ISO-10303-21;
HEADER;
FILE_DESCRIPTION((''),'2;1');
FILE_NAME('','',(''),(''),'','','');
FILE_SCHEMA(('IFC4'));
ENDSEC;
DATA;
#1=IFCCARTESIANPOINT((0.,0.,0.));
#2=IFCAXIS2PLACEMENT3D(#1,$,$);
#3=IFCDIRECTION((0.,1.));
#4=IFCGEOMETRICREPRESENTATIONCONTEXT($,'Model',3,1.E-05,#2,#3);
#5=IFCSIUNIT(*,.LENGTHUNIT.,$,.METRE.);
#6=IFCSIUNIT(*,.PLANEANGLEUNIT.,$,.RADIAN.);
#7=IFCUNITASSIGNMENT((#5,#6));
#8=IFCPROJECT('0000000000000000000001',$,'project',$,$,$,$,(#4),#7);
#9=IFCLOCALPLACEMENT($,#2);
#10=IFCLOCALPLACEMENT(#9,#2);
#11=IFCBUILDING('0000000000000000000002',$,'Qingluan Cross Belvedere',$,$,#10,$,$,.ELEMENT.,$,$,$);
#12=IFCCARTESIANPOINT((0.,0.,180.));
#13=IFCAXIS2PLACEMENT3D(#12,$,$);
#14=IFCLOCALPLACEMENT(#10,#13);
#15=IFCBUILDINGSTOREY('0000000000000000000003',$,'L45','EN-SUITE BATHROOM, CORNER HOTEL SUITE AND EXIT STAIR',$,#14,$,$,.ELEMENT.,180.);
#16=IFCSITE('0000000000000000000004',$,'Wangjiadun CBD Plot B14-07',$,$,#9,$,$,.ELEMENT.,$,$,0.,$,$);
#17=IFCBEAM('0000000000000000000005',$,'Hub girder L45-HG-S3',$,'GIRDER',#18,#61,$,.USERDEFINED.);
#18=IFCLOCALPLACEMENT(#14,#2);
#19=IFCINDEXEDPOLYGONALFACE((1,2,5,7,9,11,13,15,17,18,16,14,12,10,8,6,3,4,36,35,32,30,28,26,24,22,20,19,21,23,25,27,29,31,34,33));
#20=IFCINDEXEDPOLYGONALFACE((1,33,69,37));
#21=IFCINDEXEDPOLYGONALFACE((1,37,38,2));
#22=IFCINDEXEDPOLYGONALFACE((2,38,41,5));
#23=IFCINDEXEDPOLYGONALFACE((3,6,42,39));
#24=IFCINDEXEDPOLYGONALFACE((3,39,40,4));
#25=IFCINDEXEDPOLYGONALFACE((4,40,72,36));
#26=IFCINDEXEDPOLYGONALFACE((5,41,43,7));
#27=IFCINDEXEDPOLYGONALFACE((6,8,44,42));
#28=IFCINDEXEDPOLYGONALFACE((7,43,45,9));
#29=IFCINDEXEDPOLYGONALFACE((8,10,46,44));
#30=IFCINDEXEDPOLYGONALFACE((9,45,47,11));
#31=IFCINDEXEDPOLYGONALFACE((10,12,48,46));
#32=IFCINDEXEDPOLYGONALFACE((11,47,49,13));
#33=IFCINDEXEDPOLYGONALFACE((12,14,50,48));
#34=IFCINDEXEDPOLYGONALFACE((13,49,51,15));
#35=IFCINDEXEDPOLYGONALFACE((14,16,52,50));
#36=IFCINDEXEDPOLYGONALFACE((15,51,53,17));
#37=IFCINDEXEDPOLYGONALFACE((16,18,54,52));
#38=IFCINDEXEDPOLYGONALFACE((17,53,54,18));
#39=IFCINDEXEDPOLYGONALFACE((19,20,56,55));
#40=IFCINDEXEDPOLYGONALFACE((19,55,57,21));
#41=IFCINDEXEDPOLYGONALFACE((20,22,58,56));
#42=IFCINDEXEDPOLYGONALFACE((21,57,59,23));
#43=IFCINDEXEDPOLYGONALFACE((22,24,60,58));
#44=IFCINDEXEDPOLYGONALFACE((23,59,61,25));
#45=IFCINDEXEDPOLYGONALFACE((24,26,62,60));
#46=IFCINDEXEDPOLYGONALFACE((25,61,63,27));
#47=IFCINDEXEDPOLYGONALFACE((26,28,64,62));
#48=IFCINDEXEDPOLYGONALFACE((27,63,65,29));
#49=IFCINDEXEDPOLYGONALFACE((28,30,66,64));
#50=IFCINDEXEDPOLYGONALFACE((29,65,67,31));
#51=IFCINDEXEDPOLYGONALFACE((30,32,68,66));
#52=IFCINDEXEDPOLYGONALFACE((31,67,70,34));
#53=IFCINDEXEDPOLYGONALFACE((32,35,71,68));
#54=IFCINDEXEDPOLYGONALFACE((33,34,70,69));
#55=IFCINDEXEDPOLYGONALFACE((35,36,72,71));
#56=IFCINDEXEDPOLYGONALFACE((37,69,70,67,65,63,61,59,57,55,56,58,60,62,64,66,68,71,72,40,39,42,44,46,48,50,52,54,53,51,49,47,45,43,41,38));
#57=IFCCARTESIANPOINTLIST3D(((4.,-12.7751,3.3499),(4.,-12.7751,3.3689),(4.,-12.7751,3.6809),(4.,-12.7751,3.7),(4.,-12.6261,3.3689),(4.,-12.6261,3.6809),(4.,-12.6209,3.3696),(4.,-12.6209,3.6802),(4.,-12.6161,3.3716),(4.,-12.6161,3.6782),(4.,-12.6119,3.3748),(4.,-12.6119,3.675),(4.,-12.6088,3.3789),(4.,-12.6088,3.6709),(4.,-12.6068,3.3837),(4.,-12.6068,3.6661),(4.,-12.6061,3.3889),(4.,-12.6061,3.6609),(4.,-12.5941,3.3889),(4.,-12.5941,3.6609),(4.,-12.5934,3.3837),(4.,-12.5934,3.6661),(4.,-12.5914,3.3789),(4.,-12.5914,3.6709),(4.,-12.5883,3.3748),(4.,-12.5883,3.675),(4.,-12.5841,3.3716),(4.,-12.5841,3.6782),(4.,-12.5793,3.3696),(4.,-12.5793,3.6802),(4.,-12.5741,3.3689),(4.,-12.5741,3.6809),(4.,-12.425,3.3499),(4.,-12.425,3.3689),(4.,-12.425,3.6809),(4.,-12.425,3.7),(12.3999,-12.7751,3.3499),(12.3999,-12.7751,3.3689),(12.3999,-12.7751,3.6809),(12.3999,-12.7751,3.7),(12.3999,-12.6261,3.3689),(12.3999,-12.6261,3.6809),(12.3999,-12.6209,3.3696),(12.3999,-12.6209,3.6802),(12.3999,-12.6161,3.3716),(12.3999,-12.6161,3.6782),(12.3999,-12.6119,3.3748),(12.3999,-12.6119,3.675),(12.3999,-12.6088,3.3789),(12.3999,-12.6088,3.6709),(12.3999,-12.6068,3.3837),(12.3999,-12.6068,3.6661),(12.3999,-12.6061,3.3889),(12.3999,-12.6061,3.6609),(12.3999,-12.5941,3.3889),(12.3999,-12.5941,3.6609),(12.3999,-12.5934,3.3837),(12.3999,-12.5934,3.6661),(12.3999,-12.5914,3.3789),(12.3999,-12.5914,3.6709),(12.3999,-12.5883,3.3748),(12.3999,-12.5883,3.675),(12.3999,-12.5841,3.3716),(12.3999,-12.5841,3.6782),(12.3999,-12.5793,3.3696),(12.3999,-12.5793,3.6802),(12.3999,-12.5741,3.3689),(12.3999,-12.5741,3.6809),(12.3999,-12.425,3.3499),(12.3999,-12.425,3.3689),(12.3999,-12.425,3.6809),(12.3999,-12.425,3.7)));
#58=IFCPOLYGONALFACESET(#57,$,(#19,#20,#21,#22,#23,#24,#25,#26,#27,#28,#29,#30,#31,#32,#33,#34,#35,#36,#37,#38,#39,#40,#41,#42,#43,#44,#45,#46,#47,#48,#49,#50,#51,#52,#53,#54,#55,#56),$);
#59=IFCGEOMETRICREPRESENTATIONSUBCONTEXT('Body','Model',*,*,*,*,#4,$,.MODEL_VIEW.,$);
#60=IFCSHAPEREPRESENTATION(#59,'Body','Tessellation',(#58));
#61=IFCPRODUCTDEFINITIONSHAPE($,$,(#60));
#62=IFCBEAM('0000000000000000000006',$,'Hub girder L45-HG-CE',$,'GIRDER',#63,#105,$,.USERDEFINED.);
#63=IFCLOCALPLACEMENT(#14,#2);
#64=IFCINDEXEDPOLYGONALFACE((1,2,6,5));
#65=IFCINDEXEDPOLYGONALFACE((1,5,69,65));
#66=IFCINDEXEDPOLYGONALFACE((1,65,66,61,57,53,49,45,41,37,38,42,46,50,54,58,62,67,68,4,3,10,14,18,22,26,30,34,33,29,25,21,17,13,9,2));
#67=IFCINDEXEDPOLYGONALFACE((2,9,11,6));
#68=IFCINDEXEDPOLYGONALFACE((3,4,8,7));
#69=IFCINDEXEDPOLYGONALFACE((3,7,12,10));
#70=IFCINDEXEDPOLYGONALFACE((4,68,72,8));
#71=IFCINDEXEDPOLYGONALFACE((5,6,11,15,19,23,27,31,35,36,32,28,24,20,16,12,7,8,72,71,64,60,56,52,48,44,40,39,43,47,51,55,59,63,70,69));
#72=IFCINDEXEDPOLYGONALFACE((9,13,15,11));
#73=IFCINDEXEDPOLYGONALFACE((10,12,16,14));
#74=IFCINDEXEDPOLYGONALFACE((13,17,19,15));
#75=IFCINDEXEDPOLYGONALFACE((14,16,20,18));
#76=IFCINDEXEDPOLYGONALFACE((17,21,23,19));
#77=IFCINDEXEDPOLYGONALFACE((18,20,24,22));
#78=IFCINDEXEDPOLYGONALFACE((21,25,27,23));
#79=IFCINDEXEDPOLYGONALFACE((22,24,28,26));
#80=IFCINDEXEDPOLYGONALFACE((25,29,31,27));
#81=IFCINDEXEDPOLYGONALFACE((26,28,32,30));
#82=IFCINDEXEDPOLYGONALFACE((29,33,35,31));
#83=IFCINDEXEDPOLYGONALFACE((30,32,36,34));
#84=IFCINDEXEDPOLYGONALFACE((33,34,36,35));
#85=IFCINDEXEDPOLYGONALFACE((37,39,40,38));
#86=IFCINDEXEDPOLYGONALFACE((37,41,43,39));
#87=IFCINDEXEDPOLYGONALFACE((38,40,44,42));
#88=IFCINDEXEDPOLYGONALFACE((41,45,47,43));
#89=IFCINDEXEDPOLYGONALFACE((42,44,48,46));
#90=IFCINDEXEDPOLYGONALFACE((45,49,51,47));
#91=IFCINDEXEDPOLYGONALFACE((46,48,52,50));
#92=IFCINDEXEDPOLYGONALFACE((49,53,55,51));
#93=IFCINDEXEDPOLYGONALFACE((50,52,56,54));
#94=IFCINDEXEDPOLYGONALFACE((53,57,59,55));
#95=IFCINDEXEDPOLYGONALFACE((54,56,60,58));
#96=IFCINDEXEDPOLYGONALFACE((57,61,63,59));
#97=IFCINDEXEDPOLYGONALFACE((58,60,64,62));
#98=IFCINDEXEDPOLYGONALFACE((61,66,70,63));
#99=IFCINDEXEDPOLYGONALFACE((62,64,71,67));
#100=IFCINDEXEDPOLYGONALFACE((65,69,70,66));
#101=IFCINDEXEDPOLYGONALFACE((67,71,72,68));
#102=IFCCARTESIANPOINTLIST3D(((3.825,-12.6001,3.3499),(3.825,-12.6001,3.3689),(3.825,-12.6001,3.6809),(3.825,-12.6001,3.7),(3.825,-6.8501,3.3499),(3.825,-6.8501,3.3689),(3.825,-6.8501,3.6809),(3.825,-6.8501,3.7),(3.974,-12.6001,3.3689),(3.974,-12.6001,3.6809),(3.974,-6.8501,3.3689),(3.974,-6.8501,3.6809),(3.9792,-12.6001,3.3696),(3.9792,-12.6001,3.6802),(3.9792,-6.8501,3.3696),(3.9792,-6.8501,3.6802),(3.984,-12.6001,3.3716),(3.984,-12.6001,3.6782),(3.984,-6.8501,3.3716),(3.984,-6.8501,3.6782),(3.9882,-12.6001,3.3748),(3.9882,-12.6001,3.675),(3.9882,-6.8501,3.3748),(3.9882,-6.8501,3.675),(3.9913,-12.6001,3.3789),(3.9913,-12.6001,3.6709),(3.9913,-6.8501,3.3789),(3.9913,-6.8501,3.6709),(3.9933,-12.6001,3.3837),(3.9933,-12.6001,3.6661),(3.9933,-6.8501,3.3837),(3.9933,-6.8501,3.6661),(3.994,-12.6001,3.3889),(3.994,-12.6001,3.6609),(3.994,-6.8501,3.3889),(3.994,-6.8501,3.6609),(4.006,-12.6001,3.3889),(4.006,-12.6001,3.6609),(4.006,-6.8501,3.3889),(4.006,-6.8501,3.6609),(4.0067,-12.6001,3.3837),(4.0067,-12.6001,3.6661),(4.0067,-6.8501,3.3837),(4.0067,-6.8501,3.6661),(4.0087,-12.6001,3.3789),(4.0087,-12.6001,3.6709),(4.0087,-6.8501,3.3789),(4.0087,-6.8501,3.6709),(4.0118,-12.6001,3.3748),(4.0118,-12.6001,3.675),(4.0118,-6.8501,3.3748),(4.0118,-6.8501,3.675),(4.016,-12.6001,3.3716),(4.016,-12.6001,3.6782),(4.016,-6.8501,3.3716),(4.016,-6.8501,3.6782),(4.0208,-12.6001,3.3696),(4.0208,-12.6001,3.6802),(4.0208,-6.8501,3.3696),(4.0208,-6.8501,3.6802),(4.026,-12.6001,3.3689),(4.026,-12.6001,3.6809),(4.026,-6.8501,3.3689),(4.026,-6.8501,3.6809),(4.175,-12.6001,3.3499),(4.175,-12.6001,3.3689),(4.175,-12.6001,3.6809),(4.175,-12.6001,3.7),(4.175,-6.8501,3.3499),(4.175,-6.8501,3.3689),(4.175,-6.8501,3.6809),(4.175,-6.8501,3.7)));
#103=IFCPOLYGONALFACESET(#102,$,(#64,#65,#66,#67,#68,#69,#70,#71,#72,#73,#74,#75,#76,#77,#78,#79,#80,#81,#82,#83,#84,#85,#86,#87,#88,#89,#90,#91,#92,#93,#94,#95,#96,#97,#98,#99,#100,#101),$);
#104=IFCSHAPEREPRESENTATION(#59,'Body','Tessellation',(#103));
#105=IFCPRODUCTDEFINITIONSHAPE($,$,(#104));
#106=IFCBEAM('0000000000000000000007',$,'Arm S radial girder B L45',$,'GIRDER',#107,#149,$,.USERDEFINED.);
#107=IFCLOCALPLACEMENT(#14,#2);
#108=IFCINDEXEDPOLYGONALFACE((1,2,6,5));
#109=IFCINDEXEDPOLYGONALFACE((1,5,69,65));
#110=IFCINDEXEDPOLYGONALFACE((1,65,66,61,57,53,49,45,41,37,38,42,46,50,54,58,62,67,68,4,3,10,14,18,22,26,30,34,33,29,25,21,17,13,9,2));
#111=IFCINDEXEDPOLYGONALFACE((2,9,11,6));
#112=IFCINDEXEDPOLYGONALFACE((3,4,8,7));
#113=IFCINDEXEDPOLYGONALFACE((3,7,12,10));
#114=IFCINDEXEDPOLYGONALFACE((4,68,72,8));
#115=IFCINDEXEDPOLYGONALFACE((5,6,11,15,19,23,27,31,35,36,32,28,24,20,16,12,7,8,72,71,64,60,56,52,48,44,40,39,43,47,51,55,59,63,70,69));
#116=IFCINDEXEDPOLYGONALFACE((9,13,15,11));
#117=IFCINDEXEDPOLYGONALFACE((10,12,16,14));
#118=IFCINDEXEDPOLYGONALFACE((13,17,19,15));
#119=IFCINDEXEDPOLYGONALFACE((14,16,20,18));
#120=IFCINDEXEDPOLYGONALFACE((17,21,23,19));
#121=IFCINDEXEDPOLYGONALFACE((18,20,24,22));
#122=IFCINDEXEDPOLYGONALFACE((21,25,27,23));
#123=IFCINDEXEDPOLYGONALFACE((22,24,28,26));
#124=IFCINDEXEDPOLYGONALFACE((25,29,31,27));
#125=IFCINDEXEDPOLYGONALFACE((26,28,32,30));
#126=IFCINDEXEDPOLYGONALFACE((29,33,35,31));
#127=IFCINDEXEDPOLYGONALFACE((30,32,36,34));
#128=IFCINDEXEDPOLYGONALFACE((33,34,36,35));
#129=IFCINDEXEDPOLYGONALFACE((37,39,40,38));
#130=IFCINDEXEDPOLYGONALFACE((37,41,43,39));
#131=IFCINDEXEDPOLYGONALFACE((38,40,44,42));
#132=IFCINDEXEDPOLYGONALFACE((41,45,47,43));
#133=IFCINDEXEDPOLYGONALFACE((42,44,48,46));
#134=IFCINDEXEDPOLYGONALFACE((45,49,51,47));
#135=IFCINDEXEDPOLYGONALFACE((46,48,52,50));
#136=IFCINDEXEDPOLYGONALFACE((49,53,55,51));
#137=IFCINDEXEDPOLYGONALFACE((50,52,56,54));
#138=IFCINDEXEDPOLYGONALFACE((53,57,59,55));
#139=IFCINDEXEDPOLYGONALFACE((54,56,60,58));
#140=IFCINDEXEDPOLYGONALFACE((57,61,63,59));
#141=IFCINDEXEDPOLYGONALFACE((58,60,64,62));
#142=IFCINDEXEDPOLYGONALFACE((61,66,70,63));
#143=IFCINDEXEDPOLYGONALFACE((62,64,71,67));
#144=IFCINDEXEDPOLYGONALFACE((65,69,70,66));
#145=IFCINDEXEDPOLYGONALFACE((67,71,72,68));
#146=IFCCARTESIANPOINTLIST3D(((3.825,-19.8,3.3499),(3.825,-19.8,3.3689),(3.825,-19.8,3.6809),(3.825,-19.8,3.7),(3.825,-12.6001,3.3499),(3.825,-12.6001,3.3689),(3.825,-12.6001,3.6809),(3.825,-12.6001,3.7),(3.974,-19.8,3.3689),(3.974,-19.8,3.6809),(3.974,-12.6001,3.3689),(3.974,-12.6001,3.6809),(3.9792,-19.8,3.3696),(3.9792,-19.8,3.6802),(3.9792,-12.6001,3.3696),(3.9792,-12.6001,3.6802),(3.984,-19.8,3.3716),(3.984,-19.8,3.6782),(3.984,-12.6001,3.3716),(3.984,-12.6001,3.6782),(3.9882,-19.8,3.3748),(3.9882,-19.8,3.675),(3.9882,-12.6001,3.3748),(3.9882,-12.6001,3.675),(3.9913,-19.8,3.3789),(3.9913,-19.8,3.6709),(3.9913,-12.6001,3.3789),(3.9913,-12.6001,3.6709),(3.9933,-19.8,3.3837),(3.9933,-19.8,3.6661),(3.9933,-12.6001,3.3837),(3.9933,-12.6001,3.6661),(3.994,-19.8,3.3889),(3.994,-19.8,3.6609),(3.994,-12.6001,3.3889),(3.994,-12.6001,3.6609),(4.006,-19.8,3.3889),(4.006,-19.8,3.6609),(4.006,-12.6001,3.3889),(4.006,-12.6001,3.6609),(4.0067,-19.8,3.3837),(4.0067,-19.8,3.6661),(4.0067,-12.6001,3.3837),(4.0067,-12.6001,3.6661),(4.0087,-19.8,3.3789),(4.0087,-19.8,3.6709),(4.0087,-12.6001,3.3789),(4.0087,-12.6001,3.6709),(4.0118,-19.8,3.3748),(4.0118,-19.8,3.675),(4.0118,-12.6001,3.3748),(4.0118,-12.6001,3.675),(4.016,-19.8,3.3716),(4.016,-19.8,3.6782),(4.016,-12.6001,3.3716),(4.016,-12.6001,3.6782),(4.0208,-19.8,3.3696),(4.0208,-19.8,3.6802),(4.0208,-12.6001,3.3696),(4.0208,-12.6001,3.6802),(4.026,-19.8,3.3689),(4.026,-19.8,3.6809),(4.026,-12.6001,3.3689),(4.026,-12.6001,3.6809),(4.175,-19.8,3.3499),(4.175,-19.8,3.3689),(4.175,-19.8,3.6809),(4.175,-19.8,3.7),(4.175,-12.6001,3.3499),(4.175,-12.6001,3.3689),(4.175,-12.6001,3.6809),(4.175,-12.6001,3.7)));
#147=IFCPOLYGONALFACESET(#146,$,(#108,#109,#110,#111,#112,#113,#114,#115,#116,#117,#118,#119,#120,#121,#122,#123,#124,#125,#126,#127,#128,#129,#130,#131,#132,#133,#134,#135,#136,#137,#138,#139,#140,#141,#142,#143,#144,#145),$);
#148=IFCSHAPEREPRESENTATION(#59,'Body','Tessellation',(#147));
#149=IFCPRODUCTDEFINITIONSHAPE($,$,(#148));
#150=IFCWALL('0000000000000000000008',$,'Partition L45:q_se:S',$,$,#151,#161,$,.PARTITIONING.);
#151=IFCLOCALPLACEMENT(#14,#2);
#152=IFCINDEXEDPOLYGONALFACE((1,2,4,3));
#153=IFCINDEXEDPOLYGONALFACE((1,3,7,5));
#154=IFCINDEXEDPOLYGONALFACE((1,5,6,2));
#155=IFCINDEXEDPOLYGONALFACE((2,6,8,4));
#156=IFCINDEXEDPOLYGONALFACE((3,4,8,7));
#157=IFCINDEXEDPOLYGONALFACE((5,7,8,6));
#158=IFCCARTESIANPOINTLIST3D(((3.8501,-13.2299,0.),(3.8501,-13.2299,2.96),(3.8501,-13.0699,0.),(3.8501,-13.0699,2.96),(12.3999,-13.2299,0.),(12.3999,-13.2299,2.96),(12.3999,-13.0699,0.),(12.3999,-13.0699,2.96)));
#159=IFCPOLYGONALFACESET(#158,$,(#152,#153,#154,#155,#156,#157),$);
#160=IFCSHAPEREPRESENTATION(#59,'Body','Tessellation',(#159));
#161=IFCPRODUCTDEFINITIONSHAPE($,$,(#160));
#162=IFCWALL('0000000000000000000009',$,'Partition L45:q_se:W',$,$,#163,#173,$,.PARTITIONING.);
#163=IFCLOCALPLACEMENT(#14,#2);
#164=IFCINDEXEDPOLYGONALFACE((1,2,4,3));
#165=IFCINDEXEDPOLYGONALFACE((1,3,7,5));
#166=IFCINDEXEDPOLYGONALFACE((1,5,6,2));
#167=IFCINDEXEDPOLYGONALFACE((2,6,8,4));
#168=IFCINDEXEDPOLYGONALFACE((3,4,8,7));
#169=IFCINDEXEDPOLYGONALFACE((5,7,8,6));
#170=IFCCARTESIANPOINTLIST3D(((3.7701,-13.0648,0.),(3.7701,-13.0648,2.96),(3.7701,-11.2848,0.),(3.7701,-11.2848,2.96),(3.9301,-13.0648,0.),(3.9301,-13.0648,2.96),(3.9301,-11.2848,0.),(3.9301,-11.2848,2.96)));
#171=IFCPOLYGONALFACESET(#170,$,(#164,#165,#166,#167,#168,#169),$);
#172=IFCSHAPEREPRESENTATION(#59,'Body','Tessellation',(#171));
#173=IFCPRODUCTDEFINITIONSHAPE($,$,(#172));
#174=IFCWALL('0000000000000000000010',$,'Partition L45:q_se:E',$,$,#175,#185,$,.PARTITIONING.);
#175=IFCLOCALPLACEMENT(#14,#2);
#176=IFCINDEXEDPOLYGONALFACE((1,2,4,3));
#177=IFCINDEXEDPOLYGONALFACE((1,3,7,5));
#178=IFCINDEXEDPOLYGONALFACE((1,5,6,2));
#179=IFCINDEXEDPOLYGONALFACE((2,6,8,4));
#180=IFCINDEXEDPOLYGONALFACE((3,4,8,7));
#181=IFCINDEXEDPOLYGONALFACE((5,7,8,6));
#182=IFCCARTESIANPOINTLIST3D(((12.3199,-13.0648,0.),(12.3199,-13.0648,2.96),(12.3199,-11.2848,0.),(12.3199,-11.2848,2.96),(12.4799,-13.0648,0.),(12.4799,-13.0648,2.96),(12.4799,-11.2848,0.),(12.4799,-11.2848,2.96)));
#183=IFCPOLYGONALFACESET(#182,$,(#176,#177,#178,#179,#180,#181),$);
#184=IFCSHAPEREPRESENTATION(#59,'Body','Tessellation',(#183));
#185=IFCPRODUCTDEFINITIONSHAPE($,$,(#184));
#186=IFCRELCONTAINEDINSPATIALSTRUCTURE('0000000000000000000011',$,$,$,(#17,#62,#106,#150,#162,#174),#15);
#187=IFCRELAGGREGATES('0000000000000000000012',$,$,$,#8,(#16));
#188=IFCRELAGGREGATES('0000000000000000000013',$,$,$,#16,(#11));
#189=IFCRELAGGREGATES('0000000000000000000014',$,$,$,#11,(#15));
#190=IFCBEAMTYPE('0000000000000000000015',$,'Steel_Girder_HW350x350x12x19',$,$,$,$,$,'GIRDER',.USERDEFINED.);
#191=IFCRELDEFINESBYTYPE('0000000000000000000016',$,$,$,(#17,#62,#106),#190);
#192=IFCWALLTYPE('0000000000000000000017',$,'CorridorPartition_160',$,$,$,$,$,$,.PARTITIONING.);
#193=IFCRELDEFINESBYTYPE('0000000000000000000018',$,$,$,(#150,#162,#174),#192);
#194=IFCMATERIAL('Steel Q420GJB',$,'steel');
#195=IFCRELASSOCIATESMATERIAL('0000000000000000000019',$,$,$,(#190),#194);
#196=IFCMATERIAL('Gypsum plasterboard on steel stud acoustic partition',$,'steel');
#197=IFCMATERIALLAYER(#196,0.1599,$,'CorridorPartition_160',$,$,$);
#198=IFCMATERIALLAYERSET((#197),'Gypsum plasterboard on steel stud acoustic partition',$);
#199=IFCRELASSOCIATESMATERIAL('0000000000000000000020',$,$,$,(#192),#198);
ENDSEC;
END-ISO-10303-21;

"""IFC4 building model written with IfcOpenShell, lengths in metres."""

from ifc_helpers import new_model, si_unit, direction, frame, frame_2d, origin, origin_2d, place, context, subcontext, project, spatial, rectangle, i_section, extrude, material, layer, layer_set, material_profile, profile_set, type_object, element, save


model = new_model("IFC4")

# Units and contexts
model_context = context("Model", 3, precision=1e-05, world=origin(), true_north=direction((0.0, 1.0)))
body_context = subcontext(model_context, "Body", "Model", "MODEL_VIEW")
ifc_project = project(units=[si_unit("LENGTHUNIT", "METRE"), si_unit("PLANEANGLEUNIT", "RADIAN")], contexts=[model_context])

# Site, building, storey
site_placement = place(None, origin())
site = spatial("IfcSite", under=ifc_project, at=site_placement, Name="Wangjiadun CBD Plot B14-07", CompositionType="ELEMENT", RefElevation=0.0)
building_placement = place(site_placement, origin())
building = spatial("IfcBuilding", under=site, at=building_placement, Name="Qingluan Cross Belvedere", CompositionType="ELEMENT")
storey_placement = place(building_placement, frame((0.0, 0.0, 180.0)))
storey = spatial("IfcBuildingStorey", under=building, at=storey_placement, Name="L45", Description="EN-SUITE BATHROOM, CORNER HOTEL SUITE AND EXIT STAIR", CompositionType="ELEMENT", Elevation=180.0)

# Beams
ifc_material_1 = material(Name="Steel Q420GJB", Category="steel")
ifc_material_profile_1 = material_profile(ifc_material_1, i_section(OverallWidth=0.3501, OverallDepth=0.3501, WebThickness=0.012, FlangeThickness=0.019, FilletRadius=0.02, at=origin_2d()), Name="HW350x350x12x19")
ifc_profile_set_1 = profile_set([ifc_material_profile_1], Name="Steel Q420GJB")
beam_type_1 = type_object("IfcBeamType", Name="Steel_Girder_HW350x350x12x19", ElementType="GIRDER", PredefinedType="USERDEFINED", material=ifc_profile_set_1)
beam_1_placement = place(storey_placement, frame((4.0, -12.6001, 3.5249), z_axis=(1.0, 0.0, 0.0), x_axis=(0.0, 1.0, 0.0)))
element("IfcBeam", 1, at=beam_1_placement, inside=storey, type_object=beam_type_1, Name="Hub girder L45-HG-S3", ObjectType="GIRDER", PredefinedType="USERDEFINED", context=body_context, shape_type="SweptSolid", body=[
    extrude(i_section(OverallWidth=0.3501, OverallDepth=0.3501, WebThickness=0.012, FlangeThickness=0.019, FilletRadius=0.02, at=origin_2d()), origin(), (0.0, 0.0, 1.0), 8.3999),
])
beam_2_placement = place(storey_placement, frame((4.0, -12.6001, 3.5249), z_axis=(0.0, 1.0, 0.0), x_axis=(-1.0, 0.0, 0.0)))
element("IfcBeam", 2, at=beam_2_placement, inside=storey, type_object=beam_type_1, Name="Hub girder L45-HG-CE", ObjectType="GIRDER", PredefinedType="USERDEFINED", context=body_context, shape_type="SweptSolid", body=[
    extrude(i_section(OverallWidth=0.3501, OverallDepth=0.3501, WebThickness=0.012, FlangeThickness=0.019, FilletRadius=0.02, at=origin_2d()), origin(), (0.0, 0.0, 1.0), 5.75),
])
beam_3_placement = place(storey_placement, frame((4.0, -12.6001, 3.5249), z_axis=(0.0, -1.0, 0.0), x_axis=(1.0, 0.0, 0.0)))
element("IfcBeam", 3, at=beam_3_placement, inside=storey, type_object=beam_type_1, Name="Arm S radial girder B L45", ObjectType="GIRDER", PredefinedType="USERDEFINED", context=body_context, shape_type="SweptSolid", body=[
    extrude(i_section(OverallWidth=0.3501, OverallDepth=0.3501, WebThickness=0.012, FlangeThickness=0.019, FilletRadius=0.02, at=origin_2d()), origin(), (0.0, 0.0, 1.0), 7.2),
])

# Walls
ifc_material_2 = material(Name="Gypsum plasterboard on steel stud acoustic partition", Category="steel")
ifc_layer_1 = layer(ifc_material_2, 0.1599, Name="CorridorPartition_160")
ifc_layer_set_1 = layer_set([ifc_layer_1], Name="Gypsum plasterboard on steel stud acoustic partition")
wall_type_1 = type_object("IfcWallType", Name="CorridorPartition_160", PredefinedType="PARTITIONING", material=ifc_layer_set_1)
wall_1_placement = place(storey_placement, frame((3.8501, -13.1499, 0.0), z_axis=(0.0, 0.0, 1.0), x_axis=(1.0, 0.0, 0.0)))
element("IfcWall", 4, at=wall_1_placement, inside=storey, type_object=wall_type_1, Name="Partition L45:q_se:S", PredefinedType="PARTITIONING", context=body_context, shape_type="SweptSolid", body=[
    extrude(rectangle(XDim=8.5498, YDim=0.1599, at=frame_2d((4.2749, 0.0))), origin(), (0.0, 0.0, 1.0), 2.96),
])
for number, where, z_axis, x_axis, name in (
    (5, (3.8501, -13.0649, 0.0), (0.0, 0.0, 1.0), (0.0, 1.0, 0.0), "Partition L45:q_se:W"),
    (6, (12.3999, -13.0649, 0.0), (0.0, 0.0, 1.0), (0.0, 1.0, 0.0), "Partition L45:q_se:E"),
):
    element("IfcWall", number, at=place(storey_placement, frame(where, z_axis=z_axis, x_axis=x_axis)), inside=storey, type_object=wall_type_1, Name=name, PredefinedType="PARTITIONING", context=body_context, shape_type="SweptSolid", body=[
        extrude(rectangle(XDim=1.78, YDim=0.1599, at=frame_2d((0.8901, 0.0))), origin(), (0.0, 0.0, 1.0), 2.96),
    ])

save(model, "model.ifc")
